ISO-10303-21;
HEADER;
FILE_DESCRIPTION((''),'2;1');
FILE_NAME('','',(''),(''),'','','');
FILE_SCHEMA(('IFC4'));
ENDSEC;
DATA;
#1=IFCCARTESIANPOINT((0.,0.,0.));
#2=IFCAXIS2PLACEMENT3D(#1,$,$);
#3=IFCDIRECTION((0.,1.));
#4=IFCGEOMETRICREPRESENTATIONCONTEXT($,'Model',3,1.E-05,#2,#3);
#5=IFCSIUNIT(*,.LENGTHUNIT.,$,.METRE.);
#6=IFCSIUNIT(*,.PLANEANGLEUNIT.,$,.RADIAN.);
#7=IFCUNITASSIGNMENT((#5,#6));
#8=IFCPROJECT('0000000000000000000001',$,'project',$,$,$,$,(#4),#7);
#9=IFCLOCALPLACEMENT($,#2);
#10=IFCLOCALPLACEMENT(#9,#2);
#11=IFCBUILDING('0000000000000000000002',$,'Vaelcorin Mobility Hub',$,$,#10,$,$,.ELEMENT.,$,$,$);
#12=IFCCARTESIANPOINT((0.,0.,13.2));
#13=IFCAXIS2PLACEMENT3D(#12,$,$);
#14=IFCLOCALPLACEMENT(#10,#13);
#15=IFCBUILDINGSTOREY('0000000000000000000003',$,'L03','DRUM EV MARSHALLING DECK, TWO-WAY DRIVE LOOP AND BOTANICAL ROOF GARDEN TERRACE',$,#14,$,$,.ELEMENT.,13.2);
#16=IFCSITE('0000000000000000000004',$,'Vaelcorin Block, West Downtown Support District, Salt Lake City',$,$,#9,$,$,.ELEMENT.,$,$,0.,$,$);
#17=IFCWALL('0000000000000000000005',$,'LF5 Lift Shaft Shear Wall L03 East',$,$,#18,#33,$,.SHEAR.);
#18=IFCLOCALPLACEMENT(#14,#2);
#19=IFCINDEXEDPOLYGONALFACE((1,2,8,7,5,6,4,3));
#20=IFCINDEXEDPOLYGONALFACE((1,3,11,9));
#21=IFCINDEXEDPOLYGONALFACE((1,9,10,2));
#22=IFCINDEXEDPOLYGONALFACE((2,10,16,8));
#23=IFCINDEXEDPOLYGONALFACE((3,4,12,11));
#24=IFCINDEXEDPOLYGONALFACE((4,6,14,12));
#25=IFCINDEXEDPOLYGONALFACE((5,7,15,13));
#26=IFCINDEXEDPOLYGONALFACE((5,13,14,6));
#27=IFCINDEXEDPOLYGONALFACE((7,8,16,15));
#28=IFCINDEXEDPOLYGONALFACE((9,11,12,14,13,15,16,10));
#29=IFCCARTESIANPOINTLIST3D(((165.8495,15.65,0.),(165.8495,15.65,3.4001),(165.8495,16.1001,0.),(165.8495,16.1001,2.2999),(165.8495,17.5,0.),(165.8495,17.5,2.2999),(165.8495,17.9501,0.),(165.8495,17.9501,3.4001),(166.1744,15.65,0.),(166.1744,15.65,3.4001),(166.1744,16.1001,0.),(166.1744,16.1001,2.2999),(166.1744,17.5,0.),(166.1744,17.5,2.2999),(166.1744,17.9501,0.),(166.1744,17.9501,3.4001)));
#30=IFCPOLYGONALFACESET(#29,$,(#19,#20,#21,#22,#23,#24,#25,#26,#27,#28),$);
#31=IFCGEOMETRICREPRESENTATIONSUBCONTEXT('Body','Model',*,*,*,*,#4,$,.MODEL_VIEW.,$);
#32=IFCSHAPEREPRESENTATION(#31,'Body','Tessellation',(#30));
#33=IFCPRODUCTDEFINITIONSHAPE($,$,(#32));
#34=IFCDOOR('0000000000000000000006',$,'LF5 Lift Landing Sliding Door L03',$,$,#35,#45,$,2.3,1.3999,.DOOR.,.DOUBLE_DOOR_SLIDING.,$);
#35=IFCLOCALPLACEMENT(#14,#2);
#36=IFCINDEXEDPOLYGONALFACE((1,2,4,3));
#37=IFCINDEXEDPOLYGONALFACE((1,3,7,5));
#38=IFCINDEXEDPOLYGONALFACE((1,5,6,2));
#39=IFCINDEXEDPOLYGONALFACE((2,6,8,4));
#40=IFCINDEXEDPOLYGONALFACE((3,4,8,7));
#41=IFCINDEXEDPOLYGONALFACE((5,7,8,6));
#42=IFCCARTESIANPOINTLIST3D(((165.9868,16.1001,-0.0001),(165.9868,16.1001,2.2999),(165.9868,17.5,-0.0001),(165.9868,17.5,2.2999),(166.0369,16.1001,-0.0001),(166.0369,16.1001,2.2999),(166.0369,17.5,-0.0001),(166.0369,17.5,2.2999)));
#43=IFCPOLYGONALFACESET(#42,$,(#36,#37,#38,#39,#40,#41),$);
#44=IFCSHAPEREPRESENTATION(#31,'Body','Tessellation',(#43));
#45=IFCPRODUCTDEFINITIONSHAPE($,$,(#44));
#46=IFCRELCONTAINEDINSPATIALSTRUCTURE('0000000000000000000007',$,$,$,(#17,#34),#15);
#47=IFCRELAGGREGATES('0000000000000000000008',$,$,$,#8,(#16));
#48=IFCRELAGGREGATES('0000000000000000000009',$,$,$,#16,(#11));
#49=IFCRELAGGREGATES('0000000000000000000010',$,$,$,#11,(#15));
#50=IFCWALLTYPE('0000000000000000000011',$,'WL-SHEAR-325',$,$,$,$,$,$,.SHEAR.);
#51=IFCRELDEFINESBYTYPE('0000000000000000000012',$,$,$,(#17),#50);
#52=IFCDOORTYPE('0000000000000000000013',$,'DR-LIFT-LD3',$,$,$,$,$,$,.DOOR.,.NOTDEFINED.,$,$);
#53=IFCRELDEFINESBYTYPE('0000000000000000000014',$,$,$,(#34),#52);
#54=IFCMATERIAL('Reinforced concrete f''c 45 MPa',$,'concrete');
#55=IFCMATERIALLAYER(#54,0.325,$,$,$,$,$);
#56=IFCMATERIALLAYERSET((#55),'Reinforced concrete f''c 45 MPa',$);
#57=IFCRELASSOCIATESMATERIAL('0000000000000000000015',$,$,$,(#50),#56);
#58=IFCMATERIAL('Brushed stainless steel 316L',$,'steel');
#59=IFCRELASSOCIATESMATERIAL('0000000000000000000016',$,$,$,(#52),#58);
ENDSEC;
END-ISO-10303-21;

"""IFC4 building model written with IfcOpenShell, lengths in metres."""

from ifc_helpers import new_model, si_unit, direction, frame, frame_2d, origin, place, context, subcontext, project, spatial, rectangle, extrude, material, layer, layer_set, type_object, element, fill, save


model = new_model("IFC4")

# Units and contexts
model_context = context("Model", 3, precision=1e-05, world=origin(), true_north=direction((0.0, 1.0)))
body_context = subcontext(model_context, "Body", "Model", "MODEL_VIEW")
ifc_project = project(units=[si_unit("LENGTHUNIT", "METRE"), si_unit("PLANEANGLEUNIT", "RADIAN")], contexts=[model_context])

# Site, building, storey
site_placement = place(None, origin())
site = spatial("IfcSite", under=ifc_project, at=site_placement, Name="Vaelcorin Block, West Downtown Support District, Salt Lake City", CompositionType="ELEMENT", RefElevation=0.0)
building_placement = place(site_placement, origin())
building = spatial("IfcBuilding", under=site, at=building_placement, Name="Vaelcorin Mobility Hub", CompositionType="ELEMENT")
storey_placement = place(building_placement, frame((0.0, 0.0, 13.2)))
storey = spatial("IfcBuildingStorey", under=building, at=storey_placement, Name="L03", Description="DRUM EV MARSHALLING DECK, TWO-WAY DRIVE LOOP AND BOTANICAL ROOF GARDEN TERRACE", CompositionType="ELEMENT", Elevation=13.2)

# Shared definitions
ifc_material_1 = material(Name="Reinforced concrete f'c 45 MPa", Category="concrete")
ifc_layer_1 = layer(ifc_material_1, 0.325)
ifc_layer_set_1 = layer_set([ifc_layer_1], Name="Reinforced concrete f'c 45 MPa")
wall_type_1 = type_object("IfcWallType", Name="WL-SHEAR-325", PredefinedType="SHEAR", material=ifc_layer_set_1)

# Wall, opening, door
wall_1_placement = place(storey_placement, frame((166.012, 17.95, 0.0), z_axis=(0.0, 0.0, 1.0), x_axis=(0.0, -1.0, 0.0)))
wall_1 = element("IfcWall", 1, at=wall_1_placement, inside=storey, type_object=wall_type_1, Name="LF5 Lift Shaft Shear Wall L03 East", PredefinedType="SHEAR", context=body_context, shape_type="SweptSolid", body=[
    extrude(rectangle(XDim=2.3, YDim=0.325, at=frame_2d((1.1499, 0.0))), origin(), (0.0, 0.0, 1.0), 3.4001),
])
opening_1_placement = place(wall_1_placement, frame((0.45, 0.0, 0.0)))
opening_1 = element("IfcOpeningElement", 2, at=opening_1_placement, cuts=wall_1, PredefinedType="OPENING", context=body_context, shape_type="SweptSolid", body=[
    extrude(rectangle(XDim=1.3999, YDim=2.3, at=frame_2d((0.7, 1.1499))), frame((0.0, 0.1724, 0.0), z_axis=(0.0, -1.0, 0.0), x_axis=(1.0, 0.0, 0.0)), (0.0, 0.0, 1.0), 0.345),
])
ifc_material_2 = material(Name="Brushed stainless steel 316L", Category="steel")
door_type_1 = type_object("IfcDoorType", Name="DR-LIFT-LD3", OperationType="NOTDEFINED", PredefinedType="DOOR", material=ifc_material_2)
door_1_placement = place(opening_1_placement, origin())
door_1 = element("IfcDoor", 3, at=door_1_placement, inside=storey, type_object=door_type_1, Name="LF5 Lift Landing Sliding Door L03", OperationType="DOUBLE_DOOR_SLIDING", OverallHeight=2.3, OverallWidth=1.3999, PredefinedType="DOOR", context=body_context, shape_type="SweptSolid", body=[
    extrude(rectangle(XDim=1.3999, YDim=2.3, at=frame_2d((0.7, 1.1499))), frame((0.0, 0.0249, 0.0), z_axis=(0.0, -1.0, 0.0), x_axis=(1.0, 0.0, 0.0)), (0.0, 0.0, 1.0), 0.05),
])
fill(opening_1, door_1)

save(model, "model.ifc")
